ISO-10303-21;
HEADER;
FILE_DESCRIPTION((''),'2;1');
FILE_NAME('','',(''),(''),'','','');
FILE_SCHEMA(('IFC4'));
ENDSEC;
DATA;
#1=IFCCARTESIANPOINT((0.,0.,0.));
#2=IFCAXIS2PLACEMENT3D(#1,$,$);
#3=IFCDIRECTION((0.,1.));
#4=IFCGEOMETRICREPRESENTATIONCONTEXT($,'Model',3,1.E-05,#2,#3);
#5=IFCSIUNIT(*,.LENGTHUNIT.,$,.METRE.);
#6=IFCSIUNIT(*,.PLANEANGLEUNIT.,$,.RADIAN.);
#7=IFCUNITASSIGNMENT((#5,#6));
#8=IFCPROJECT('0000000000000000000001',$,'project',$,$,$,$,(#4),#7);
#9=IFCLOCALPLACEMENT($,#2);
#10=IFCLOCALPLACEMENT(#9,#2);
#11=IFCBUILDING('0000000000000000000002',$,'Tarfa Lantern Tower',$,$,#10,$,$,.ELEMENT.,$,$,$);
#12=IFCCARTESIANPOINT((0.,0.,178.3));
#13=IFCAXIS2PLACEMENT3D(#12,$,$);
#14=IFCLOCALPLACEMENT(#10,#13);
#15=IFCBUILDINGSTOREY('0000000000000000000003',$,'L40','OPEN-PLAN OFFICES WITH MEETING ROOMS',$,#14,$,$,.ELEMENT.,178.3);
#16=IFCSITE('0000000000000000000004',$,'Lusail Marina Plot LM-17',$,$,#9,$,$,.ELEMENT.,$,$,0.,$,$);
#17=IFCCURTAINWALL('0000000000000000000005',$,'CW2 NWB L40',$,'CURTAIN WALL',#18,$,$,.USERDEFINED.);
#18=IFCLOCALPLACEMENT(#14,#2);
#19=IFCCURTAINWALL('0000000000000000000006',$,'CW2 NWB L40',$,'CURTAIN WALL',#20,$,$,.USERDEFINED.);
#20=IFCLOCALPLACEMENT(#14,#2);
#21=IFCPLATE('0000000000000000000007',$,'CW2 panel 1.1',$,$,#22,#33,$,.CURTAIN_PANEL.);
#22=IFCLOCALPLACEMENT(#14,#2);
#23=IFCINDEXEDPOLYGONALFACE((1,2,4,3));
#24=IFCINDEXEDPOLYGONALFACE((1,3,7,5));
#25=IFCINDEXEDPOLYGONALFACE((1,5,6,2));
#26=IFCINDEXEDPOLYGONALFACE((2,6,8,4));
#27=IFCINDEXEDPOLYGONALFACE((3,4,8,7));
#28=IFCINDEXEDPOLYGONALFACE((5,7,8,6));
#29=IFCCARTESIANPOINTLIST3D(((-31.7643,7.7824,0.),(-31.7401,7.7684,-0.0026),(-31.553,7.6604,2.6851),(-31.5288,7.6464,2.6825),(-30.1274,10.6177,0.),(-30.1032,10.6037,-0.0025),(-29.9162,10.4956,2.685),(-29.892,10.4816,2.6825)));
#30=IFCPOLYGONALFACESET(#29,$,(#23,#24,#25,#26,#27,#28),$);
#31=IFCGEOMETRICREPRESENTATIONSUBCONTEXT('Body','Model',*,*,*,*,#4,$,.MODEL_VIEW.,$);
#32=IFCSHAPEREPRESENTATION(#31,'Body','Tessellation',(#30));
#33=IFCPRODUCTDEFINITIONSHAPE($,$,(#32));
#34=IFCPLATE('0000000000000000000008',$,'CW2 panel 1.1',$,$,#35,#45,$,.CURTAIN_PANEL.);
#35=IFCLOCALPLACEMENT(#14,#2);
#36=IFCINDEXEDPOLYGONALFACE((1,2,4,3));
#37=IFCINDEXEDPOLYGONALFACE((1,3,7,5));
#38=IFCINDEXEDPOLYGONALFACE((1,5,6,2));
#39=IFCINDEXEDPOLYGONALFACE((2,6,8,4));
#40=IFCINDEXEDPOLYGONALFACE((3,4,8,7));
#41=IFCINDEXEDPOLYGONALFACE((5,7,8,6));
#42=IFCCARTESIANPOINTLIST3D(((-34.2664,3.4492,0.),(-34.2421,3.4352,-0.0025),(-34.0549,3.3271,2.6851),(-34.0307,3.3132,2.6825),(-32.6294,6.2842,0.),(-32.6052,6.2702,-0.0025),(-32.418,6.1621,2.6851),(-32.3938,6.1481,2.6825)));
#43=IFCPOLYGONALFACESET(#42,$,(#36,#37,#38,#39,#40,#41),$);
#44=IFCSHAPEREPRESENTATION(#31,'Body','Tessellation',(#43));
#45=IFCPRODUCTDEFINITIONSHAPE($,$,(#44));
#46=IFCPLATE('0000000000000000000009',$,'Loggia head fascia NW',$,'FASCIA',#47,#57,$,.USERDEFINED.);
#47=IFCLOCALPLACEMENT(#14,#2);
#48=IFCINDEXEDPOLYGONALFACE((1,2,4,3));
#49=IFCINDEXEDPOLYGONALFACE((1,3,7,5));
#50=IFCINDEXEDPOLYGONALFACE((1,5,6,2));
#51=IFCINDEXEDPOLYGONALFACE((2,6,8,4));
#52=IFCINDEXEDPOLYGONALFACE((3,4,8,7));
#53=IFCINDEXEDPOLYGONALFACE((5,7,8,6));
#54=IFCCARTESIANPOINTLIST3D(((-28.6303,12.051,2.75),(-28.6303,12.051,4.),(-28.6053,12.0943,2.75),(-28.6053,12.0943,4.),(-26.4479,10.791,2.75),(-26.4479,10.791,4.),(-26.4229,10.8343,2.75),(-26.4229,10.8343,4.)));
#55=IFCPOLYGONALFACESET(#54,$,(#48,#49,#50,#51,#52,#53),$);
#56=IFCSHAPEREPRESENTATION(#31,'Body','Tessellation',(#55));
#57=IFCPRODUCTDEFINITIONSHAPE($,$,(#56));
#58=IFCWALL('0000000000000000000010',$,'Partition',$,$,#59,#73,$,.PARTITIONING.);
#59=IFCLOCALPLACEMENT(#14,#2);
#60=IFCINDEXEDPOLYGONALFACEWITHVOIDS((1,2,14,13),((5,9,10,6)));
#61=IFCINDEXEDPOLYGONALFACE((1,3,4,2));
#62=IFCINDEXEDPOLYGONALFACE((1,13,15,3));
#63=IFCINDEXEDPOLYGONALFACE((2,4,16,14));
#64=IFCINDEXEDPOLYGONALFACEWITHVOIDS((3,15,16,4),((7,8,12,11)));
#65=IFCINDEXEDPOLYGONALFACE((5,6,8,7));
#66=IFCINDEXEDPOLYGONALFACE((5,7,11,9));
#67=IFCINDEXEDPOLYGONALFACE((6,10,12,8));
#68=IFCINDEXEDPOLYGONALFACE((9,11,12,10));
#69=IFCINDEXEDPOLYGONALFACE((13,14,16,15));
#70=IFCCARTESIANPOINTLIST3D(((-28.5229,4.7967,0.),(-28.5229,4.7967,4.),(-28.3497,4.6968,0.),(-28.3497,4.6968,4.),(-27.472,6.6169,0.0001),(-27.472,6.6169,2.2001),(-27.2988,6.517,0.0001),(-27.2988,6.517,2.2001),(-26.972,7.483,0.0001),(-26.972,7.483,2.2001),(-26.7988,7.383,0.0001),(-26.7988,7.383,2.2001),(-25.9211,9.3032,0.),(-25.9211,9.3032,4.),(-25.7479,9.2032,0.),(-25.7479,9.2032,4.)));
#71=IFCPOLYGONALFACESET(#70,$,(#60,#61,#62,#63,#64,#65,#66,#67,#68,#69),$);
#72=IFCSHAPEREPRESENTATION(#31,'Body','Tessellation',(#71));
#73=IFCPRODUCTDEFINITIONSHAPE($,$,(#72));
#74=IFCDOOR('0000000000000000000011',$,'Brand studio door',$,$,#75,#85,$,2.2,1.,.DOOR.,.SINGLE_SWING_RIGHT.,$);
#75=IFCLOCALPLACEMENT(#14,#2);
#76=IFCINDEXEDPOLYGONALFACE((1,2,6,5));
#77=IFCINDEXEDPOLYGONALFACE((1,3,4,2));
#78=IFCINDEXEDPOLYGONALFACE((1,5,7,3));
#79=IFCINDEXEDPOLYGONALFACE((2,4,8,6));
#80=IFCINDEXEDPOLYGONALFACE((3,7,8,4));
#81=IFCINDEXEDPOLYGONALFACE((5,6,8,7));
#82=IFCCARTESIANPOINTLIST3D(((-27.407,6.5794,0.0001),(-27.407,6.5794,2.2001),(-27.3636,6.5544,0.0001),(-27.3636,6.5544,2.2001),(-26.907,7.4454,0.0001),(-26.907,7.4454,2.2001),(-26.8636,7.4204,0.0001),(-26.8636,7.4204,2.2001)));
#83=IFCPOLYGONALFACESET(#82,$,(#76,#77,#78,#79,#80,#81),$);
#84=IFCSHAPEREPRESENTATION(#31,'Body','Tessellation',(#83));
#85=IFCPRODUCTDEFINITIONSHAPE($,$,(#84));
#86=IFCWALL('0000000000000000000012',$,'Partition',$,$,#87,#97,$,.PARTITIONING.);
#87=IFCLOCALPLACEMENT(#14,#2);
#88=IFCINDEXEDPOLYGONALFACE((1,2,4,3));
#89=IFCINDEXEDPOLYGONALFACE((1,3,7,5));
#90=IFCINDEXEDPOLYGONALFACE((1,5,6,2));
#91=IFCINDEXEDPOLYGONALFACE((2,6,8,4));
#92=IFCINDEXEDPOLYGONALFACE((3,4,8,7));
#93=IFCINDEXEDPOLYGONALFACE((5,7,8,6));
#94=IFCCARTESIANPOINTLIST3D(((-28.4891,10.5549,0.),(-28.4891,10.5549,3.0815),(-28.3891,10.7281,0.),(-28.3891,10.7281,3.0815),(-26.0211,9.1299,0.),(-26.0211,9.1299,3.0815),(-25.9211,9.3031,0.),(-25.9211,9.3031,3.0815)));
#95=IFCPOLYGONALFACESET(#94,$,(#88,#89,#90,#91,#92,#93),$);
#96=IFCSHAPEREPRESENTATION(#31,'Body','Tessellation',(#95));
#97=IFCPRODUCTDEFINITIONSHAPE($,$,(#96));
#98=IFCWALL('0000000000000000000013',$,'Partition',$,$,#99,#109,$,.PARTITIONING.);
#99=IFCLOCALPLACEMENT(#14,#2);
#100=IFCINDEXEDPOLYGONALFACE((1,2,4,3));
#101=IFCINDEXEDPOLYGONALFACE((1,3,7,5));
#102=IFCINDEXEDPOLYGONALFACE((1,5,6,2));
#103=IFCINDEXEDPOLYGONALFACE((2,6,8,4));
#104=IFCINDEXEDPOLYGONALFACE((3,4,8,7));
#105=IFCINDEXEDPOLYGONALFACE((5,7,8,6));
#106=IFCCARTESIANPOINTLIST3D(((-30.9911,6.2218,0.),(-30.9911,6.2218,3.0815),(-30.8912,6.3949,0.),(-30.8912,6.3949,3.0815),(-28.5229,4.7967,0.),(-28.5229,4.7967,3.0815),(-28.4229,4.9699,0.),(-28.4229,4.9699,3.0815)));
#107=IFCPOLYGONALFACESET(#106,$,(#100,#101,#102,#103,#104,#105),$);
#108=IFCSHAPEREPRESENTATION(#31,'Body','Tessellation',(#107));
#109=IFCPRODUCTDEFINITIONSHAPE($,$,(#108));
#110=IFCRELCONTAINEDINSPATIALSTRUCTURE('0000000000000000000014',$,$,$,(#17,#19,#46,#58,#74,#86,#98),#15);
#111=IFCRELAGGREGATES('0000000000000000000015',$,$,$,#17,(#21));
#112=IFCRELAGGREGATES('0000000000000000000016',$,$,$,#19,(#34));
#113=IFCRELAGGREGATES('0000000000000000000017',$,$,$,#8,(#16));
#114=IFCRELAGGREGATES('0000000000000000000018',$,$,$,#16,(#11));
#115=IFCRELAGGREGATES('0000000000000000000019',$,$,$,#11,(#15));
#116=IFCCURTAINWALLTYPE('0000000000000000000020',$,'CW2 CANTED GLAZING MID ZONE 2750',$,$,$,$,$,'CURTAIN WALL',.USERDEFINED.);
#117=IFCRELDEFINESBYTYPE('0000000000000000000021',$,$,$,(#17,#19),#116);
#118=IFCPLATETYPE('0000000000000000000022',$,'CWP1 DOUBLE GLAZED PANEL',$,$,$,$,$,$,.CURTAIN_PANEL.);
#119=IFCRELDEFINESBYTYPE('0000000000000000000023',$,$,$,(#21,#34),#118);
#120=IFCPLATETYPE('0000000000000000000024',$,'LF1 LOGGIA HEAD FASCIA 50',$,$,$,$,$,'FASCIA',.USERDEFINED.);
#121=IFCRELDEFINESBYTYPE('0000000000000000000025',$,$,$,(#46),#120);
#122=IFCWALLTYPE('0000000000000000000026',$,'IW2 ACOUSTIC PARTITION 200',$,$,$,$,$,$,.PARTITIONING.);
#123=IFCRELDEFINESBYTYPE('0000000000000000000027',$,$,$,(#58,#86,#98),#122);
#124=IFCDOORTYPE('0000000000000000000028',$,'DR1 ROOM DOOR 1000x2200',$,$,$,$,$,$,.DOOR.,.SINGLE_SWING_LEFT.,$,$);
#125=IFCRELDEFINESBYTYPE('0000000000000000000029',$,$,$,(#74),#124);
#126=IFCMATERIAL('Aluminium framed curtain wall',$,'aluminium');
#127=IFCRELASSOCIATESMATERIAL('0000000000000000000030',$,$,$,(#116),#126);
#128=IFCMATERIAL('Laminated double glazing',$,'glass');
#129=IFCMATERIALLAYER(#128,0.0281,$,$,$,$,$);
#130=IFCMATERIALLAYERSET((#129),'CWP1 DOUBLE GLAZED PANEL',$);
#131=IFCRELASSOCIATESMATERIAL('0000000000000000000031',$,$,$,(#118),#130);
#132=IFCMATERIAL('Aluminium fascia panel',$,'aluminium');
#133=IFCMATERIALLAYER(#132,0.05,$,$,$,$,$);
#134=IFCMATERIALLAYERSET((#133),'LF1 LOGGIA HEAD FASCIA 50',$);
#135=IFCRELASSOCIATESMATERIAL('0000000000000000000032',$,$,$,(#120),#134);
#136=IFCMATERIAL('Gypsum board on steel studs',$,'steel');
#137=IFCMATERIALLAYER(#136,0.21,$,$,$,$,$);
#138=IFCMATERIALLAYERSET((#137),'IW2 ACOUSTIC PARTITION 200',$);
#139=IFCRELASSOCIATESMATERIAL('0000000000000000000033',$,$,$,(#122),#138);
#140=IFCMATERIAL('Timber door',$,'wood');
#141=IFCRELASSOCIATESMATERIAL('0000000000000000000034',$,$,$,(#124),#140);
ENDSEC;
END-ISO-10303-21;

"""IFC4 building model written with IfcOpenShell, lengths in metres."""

from ifc_helpers import new_model, si_unit, direction, frame, frame_2d, origin, origin_2d, place, context, subcontext, project, spatial, polyline, rectangle, outline, extrude, material, layer, layer_set, type_object, element, fill, aggregate, save


model = new_model("IFC4")

# Units and contexts
model_context = context("Model", 3, precision=1e-05, world=origin(), true_north=direction((0.0, 1.0)))
body_context = subcontext(model_context, "Body", "Model", "MODEL_VIEW")
ifc_project = project(units=[si_unit("LENGTHUNIT", "METRE"), si_unit("PLANEANGLEUNIT", "RADIAN")], contexts=[model_context])

# Site, building, storey
site_placement = place(None, origin())
site = spatial("IfcSite", under=ifc_project, at=site_placement, Name="Lusail Marina Plot LM-17", CompositionType="ELEMENT", RefElevation=0.0)
building_placement = place(site_placement, origin())
building = spatial("IfcBuilding", under=site, at=building_placement, Name="Tarfa Lantern Tower", CompositionType="ELEMENT")
storey_placement = place(building_placement, frame((0.0, 0.0, 178.3)))
storey = spatial("IfcBuildingStorey", under=building, at=storey_placement, Name="L40", Description="OPEN-PLAN OFFICES WITH MEETING ROOMS", CompositionType="ELEMENT", Elevation=178.3)

# Curtain walls
ifc_material_1 = material(Name="Aluminium framed curtain wall", Category="aluminium")
curtain_wall_type_1 = type_object("IfcCurtainWallType", Name="CW2 CANTED GLAZING MID ZONE 2750", ElementType="CURTAIN WALL", PredefinedType="USERDEFINED", material=ifc_material_1)
curtain_wall_1_placement = place(storey_placement, origin())
curtain_wall_1 = element("IfcCurtainWall", 1, at=curtain_wall_1_placement, inside=storey, type_object=curtain_wall_type_1, Name="CW2 NWB L40", ObjectType="CURTAIN WALL", PredefinedType="USERDEFINED")
curtain_wall_2_placement = place(storey_placement, origin())
curtain_wall_2 = element("IfcCurtainWall", 2, at=curtain_wall_2_placement, inside=storey, type_object=curtain_wall_type_1, Name="CW2 NWB L40", ObjectType="CURTAIN WALL", PredefinedType="USERDEFINED")

# Plates
ifc_material_2 = material(Name="Laminated double glazing", Category="glass")
ifc_layer_1 = layer(ifc_material_2, 0.0281)
ifc_layer_set_1 = layer_set([ifc_layer_1], Name="CWP1 DOUBLE GLAZED PANEL")
plate_type_1 = type_object("IfcPlateType", Name="CWP1 DOUBLE GLAZED PANEL", PredefinedType="CURTAIN_PANEL", material=ifc_layer_set_1)
plate_1_placement = place(storey_placement, frame((-30.1274, 10.6177, 0.0), z_axis=(-0.862479, 0.497933, 0.090511), x_axis=(-0.499985, -0.866034, -0.000003)))
plate_1 = element("IfcPlate", 3, at=plate_1_placement, type_object=plate_type_1, Name="CW2 panel 1.1", PredefinedType="CURTAIN_PANEL", context=body_context, shape_type="SweptSolid", body=[
    extrude(outline(polyline([(0.0, 0.0), (3.2738, 0.0), (3.2738, 2.6961), (0.0001, 2.6961), (0.0, 0.0)])), origin(), (0.0, 0.0, -1.0), 0.0281),
])
aggregate(curtain_wall_1, [plate_1])
plate_2_placement = place(storey_placement, frame((-32.6294, 6.2842, 0.0), z_axis=(-0.862442, 0.497991, 0.09055), x_axis=(-0.500045, -0.865999, 0.0)))
plate_2 = element("IfcPlate", 4, at=plate_2_placement, type_object=plate_type_1, Name="CW2 panel 1.1", PredefinedType="CURTAIN_PANEL", context=body_context, shape_type="SweptSolid", body=[
    extrude(outline(polyline([(0.0, 0.0), (3.2736, 0.0), (3.2736, 2.6961), (0.0, 2.6961), (0.0, 0.0)])), origin(), (0.0, 0.0, -1.0), 0.0281),
])
aggregate(curtain_wall_2, [plate_2])
ifc_material_3 = material(Name="Aluminium fascia panel", Category="aluminium")
ifc_layer_2 = layer(ifc_material_3, 0.05)
ifc_layer_set_2 = layer_set([ifc_layer_2], Name="LF1 LOGGIA HEAD FASCIA 50")
plate_type_2 = type_object("IfcPlateType", Name="LF1 LOGGIA HEAD FASCIA 50", ElementType="FASCIA", PredefinedType="USERDEFINED", material=ifc_layer_set_2)
plate_3_placement = place(storey_placement, frame((-27.5266, 11.4426, 2.75), z_axis=(0.0, 0.0, 1.0), x_axis=(0.866025, -0.5, 0.0)))
element("IfcPlate", 5, at=plate_3_placement, inside=storey, type_object=plate_type_2, Name="Loggia head fascia NW", ObjectType="FASCIA", PredefinedType="USERDEFINED", context=body_context, shape_type="SweptSolid", body=[
    extrude(rectangle(XDim=2.52, YDim=0.05, at=origin_2d()), origin(), (0.0, 0.0, 1.0), 1.25),
])

# Wall, opening, door
ifc_material_4 = material(Name="Gypsum board on steel studs", Category="steel")
ifc_layer_3 = layer(ifc_material_4, 0.21)
ifc_layer_set_3 = layer_set([ifc_layer_3], Name="IW2 ACOUSTIC PARTITION 200")
wall_type = type_object("IfcWallType", Name="IW2 ACOUSTIC PARTITION 200", PredefinedType="PARTITIONING", material=ifc_layer_set_3)
wall_1_placement = place(storey_placement, frame((-25.8345, 9.2532, 0.0), z_axis=(0.0, 0.0, 1.0), x_axis=(-0.500009, -0.86602, 0.0)))
wall_1 = element("IfcWall", 6, at=wall_1_placement, inside=storey, type_object=wall_type, Name="Partition", PredefinedType="PARTITIONING", context=body_context, shape_type="SweptSolid", body=[
    extrude(rectangle(XDim=5.2036, YDim=0.2, at=frame_2d((2.6018, 0.0))), origin(), (0.0, 0.0, 1.0), 4.0),
])
opening_placement = place(wall_1_placement, frame((2.1018, 0.0, 0.0)))
opening = element("IfcOpeningElement", 7, at=opening_placement, cuts=wall_1, PredefinedType="OPENING", context=body_context, shape_type="SweptSolid", body=[
    extrude(rectangle(XDim=1.0, YDim=2.2, at=frame_2d((0.5, 1.1001))), frame((0.0, 0.1099, 0.0), z_axis=(0.0, -1.0, 0.0), x_axis=(1.0, 0.0, 0.0)), (0.0, 0.0, 1.0), 0.22),
])
ifc_material_5 = material(Name="Timber door", Category="wood")
door_type = type_object("IfcDoorType", Name="DR1 ROOM DOOR 1000x2200", OperationType="SINGLE_SWING_LEFT", PredefinedType="DOOR", material=ifc_material_5)
door_placement = place(opening_placement, frame((1.0, 0.0, 0.0), z_axis=(0.0, 0.0, 1.0), x_axis=(-1.0, 0.0, 0.0)))
door = element("IfcDoor", 8, at=door_placement, inside=storey, type_object=door_type, Name="Brand studio door", OperationType="SINGLE_SWING_RIGHT", OverallHeight=2.2, OverallWidth=1.0, PredefinedType="DOOR", context=body_context, shape_type="SweptSolid", body=[
    extrude(rectangle(XDim=1.0, YDim=2.2, at=frame_2d((0.5, 1.1001))), frame((0.0, 0.0249, 0.0), z_axis=(0.0, -1.0, 0.0), x_axis=(1.0, 0.0, 0.0)), (0.0, 0.0, 1.0), 0.05),
])
fill(opening, door)

# Walls
wall_2_placement = place(storey_placement, frame((-25.9712, 9.2166, 0.0), z_axis=(0.0, 0.0, 1.0), x_axis=(-0.866004, 0.500036, 0.0)))
element("IfcWall", 9, at=wall_2_placement, inside=storey, type_object=wall_type, Name="Partition", PredefinedType="PARTITIONING", context=body_context, shape_type="SweptSolid", body=[
    extrude(rectangle(XDim=2.8499, YDim=0.2, at=frame_2d((1.4248, 0.0))), origin(), (0.0, 0.0, 1.0), 3.0815),
])
wall_3_placement = place(storey_placement, frame((-28.4729, 4.8833, 0.0), z_axis=(0.0, 0.0, 1.0), x_axis=(-0.866026, 0.499999, 0.0)))
element("IfcWall", 10, at=wall_3_placement, inside=storey, type_object=wall_type, Name="Partition", PredefinedType="PARTITIONING", context=body_context, shape_type="SweptSolid", body=[
    extrude(rectangle(XDim=2.8501, YDim=0.2, at=frame_2d((1.425, 0.0))), origin(), (0.0, 0.0, 1.0), 3.0815),
])

save(model, "model.ifc")
